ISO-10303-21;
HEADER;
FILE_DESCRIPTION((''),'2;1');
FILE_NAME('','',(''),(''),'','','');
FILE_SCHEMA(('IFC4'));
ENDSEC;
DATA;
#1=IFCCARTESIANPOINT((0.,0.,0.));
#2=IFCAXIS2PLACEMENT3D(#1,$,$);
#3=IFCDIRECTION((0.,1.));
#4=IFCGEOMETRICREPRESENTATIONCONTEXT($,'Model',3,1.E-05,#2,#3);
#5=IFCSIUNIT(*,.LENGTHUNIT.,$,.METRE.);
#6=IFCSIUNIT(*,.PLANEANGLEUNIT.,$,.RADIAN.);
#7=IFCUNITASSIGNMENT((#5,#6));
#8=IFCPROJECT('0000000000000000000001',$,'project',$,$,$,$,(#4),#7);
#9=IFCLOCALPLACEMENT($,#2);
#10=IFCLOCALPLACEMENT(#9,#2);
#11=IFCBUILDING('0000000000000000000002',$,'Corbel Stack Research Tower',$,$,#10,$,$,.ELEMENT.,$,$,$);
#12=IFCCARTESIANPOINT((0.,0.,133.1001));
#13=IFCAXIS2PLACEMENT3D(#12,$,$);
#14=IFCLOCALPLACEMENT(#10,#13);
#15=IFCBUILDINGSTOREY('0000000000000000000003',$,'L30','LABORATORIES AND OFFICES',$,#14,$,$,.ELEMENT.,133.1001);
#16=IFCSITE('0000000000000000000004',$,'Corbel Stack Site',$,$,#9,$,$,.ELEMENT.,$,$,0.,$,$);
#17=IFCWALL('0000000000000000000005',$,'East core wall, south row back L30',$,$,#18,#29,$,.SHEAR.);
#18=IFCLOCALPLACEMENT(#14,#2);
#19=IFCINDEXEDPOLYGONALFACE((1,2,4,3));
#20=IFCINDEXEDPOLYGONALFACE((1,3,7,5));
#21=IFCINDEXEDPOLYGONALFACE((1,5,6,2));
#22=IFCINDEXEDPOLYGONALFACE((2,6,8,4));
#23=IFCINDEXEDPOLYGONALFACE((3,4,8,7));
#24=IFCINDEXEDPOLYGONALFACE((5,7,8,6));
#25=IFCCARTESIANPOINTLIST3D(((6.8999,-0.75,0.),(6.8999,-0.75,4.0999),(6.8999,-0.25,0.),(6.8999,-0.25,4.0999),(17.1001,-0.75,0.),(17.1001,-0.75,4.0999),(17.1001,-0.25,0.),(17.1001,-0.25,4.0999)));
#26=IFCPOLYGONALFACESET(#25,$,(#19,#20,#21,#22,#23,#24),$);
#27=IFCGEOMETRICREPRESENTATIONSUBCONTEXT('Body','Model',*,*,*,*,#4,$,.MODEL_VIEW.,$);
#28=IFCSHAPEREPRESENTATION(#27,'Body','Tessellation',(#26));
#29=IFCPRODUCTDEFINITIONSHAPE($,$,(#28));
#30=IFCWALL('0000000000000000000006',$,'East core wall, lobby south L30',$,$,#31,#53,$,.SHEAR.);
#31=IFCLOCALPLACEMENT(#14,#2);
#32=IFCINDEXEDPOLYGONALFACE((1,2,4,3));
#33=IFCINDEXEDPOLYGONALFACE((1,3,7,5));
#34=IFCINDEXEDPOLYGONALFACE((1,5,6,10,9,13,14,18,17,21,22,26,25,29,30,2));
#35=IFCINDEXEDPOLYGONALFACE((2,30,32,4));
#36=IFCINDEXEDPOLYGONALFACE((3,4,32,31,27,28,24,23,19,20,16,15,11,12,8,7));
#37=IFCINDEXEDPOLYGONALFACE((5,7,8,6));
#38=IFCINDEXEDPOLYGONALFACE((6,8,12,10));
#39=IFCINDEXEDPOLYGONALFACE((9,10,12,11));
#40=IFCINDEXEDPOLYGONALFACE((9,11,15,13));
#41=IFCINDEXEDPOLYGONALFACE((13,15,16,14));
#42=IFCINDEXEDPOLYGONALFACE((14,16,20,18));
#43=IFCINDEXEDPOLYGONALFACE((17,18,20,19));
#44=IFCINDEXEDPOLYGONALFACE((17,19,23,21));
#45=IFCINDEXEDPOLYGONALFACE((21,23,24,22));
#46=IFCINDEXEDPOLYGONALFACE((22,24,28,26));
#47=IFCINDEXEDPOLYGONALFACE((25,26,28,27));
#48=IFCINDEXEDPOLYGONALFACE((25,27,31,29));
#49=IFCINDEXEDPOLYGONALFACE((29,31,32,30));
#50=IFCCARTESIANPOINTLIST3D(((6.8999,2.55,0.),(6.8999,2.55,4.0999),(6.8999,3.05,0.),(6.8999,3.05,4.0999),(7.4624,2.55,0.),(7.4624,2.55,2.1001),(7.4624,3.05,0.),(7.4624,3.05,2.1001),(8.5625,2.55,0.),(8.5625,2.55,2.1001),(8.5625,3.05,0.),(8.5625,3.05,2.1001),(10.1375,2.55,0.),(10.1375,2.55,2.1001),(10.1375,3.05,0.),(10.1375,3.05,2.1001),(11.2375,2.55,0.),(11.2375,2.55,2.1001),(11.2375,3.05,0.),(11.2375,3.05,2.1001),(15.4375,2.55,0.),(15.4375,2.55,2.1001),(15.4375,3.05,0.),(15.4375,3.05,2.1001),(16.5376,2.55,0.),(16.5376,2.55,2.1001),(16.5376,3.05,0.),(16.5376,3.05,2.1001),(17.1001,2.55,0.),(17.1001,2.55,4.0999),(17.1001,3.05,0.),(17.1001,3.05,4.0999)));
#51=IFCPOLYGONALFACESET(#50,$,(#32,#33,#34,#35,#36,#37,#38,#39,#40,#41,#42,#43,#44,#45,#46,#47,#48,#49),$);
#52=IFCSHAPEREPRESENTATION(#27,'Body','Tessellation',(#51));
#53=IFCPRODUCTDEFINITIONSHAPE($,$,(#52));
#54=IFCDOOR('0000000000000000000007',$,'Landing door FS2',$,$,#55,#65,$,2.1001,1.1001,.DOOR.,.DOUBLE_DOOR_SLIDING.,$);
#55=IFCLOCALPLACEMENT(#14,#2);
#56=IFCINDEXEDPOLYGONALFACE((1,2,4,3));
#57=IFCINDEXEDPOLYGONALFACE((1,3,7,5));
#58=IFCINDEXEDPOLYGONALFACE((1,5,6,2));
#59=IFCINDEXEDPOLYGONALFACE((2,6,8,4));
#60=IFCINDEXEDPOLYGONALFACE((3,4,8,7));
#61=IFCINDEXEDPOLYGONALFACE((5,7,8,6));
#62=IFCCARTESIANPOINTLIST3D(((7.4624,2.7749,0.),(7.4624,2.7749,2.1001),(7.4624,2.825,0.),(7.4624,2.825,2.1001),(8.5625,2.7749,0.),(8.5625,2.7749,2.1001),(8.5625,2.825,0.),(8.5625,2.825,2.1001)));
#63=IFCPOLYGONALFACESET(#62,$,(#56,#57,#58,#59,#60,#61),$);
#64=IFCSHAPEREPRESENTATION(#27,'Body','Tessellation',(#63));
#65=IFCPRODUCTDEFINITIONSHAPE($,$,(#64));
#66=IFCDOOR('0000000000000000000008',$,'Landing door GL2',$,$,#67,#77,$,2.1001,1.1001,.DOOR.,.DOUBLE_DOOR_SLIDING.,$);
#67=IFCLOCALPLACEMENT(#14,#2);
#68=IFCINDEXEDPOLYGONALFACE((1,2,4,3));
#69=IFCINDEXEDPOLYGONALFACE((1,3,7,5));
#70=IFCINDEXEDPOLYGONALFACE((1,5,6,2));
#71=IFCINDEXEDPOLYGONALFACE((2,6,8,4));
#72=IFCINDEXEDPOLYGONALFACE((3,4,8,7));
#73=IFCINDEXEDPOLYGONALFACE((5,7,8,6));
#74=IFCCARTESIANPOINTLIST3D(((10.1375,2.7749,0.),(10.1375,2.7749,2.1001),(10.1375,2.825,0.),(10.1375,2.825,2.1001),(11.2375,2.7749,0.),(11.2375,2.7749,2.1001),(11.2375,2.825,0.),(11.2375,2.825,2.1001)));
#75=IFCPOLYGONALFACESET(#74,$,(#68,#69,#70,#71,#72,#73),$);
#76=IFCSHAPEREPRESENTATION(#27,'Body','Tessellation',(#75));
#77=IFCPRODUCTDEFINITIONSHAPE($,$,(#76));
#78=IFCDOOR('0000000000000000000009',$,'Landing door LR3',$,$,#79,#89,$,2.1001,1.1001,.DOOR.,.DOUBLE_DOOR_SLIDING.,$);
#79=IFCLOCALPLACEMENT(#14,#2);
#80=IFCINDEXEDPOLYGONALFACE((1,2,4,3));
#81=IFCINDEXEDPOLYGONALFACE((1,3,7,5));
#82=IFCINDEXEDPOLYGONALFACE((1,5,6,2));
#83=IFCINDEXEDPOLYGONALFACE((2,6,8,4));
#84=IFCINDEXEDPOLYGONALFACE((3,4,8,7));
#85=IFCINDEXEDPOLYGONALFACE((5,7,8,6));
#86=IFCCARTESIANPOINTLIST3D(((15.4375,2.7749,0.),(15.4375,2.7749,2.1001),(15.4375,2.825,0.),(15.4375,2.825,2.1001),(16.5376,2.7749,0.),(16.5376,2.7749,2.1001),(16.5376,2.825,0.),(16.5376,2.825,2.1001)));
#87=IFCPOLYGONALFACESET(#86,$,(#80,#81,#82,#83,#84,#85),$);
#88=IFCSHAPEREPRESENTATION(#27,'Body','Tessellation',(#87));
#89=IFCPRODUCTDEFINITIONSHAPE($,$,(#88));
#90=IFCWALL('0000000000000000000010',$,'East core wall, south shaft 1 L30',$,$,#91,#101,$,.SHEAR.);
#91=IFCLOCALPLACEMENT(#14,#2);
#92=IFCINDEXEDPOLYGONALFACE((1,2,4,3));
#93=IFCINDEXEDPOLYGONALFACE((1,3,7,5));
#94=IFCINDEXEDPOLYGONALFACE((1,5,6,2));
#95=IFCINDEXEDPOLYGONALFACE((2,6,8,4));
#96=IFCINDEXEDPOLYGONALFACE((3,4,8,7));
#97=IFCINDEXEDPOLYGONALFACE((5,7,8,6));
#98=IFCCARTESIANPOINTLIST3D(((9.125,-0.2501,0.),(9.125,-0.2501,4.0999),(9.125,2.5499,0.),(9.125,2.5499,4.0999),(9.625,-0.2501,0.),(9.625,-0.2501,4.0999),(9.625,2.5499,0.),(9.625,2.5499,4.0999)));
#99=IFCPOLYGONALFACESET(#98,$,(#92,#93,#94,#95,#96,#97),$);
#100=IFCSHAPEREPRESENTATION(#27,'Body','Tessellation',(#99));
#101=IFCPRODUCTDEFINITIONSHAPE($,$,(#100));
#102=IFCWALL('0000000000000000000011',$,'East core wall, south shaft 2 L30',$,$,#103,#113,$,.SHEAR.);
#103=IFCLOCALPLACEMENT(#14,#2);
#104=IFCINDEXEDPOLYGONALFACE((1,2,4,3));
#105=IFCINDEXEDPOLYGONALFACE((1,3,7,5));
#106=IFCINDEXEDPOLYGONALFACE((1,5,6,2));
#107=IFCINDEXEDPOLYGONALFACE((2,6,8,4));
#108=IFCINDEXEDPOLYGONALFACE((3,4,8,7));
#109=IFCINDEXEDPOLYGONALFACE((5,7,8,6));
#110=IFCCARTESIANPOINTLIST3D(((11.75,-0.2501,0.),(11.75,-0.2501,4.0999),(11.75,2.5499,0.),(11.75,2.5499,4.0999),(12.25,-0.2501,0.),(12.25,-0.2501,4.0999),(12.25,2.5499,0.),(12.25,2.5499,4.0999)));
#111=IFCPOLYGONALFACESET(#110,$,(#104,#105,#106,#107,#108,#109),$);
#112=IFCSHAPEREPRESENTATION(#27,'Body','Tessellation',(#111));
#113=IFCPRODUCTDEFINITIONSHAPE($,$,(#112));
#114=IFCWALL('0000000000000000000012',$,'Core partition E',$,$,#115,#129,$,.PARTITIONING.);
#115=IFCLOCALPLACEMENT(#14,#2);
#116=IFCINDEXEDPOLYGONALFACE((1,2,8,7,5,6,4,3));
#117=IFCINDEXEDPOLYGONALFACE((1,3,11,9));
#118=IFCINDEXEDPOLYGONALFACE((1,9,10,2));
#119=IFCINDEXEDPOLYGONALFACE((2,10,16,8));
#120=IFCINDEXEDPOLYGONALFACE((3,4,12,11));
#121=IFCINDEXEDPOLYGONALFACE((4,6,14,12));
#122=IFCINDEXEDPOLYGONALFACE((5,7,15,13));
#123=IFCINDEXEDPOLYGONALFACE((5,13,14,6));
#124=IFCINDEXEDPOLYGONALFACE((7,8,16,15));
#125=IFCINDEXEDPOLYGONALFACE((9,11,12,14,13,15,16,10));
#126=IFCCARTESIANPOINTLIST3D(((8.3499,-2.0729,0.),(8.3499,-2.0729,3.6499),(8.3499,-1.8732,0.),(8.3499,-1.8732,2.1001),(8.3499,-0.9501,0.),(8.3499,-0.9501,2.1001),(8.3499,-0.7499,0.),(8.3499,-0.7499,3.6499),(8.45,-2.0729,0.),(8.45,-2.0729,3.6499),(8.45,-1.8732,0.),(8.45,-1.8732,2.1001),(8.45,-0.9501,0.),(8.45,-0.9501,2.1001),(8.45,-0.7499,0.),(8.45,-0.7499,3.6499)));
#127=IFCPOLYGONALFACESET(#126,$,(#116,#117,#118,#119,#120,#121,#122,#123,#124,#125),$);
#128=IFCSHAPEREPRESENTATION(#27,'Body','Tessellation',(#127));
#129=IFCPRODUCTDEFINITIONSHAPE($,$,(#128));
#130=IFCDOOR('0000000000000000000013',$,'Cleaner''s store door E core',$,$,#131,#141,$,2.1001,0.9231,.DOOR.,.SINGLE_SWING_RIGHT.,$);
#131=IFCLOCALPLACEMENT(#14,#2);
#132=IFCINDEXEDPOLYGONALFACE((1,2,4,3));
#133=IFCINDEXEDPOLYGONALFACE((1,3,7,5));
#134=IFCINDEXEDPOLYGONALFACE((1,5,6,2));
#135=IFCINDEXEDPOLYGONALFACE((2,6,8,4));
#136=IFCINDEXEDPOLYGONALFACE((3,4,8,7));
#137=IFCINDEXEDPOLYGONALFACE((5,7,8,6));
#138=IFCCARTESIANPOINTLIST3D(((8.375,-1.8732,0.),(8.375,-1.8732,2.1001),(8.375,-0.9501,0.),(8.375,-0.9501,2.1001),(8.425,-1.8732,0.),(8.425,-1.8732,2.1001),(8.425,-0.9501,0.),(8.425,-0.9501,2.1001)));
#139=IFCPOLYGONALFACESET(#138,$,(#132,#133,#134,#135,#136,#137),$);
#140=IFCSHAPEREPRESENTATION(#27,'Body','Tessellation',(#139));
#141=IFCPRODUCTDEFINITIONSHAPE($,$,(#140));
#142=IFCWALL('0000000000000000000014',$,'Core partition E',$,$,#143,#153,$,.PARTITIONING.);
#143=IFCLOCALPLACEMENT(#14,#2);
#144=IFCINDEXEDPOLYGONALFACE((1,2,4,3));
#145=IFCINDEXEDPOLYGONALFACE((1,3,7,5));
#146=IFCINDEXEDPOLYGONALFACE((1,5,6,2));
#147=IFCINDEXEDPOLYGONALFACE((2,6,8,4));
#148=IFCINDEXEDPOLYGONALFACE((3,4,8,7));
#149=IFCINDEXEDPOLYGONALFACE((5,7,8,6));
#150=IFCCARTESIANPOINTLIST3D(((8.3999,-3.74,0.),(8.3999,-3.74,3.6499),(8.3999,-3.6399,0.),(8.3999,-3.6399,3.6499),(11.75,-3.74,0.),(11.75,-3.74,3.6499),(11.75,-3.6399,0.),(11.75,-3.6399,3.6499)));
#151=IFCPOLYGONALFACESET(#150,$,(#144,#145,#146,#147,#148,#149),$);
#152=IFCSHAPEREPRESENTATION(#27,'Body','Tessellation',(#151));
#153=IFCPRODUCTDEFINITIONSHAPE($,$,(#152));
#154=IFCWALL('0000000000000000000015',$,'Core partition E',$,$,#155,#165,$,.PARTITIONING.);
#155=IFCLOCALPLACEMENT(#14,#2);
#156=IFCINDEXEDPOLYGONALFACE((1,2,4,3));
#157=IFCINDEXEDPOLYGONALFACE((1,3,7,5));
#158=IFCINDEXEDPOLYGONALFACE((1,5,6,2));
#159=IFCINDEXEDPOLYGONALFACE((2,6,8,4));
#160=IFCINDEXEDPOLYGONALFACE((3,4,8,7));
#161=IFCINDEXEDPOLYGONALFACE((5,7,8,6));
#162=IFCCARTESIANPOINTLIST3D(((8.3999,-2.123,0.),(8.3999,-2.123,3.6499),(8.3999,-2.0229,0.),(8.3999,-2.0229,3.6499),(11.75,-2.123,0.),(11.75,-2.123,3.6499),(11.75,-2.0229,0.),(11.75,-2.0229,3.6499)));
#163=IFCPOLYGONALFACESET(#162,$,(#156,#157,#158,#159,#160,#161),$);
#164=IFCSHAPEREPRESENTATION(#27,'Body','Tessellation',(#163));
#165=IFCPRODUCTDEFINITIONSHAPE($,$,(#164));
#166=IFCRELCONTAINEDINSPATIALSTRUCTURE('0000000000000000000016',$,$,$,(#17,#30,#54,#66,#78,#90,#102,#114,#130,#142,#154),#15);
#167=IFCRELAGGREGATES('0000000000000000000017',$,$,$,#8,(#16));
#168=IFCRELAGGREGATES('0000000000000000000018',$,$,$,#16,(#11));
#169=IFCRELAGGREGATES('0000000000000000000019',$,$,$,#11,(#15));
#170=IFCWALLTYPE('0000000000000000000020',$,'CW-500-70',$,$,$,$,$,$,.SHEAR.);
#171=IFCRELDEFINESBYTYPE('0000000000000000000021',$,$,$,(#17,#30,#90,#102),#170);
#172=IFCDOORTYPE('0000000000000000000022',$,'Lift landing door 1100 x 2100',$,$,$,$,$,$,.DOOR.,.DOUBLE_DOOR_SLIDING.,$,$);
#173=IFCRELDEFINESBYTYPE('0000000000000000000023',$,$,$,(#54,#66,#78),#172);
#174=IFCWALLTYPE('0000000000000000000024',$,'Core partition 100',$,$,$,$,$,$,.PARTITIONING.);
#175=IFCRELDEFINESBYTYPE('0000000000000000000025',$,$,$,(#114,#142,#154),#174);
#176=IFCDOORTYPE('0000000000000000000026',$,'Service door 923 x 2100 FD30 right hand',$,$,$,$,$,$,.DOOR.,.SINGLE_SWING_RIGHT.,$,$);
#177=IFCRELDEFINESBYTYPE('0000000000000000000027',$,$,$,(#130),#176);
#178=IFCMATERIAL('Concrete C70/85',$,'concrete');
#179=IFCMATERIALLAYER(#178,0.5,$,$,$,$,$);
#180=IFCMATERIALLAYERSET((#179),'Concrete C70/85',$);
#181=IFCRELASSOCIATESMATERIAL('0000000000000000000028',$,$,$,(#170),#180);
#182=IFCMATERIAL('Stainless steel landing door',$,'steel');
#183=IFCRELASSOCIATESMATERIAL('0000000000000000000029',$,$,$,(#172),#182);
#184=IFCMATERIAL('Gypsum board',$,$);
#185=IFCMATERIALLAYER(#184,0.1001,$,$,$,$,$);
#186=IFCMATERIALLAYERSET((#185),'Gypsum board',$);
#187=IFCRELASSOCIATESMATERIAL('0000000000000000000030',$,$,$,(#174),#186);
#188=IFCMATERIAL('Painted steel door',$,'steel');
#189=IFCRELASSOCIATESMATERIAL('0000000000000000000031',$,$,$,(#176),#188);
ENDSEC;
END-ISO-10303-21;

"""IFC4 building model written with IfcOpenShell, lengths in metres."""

from ifc_helpers import new_model, si_unit, direction, frame, frame_2d, origin, place, context, subcontext, project, spatial, rectangle, extrude, material, layer, layer_set, type_object, element, fill, save


model = new_model("IFC4")

# Units and contexts
model_context = context("Model", 3, precision=1e-05, world=origin(), true_north=direction((0.0, 1.0)))
body_context = subcontext(model_context, "Body", "Model", "MODEL_VIEW")
ifc_project = project(units=[si_unit("LENGTHUNIT", "METRE"), si_unit("PLANEANGLEUNIT", "RADIAN")], contexts=[model_context])

# Site, building, storey
site_placement = place(None, origin())
site = spatial("IfcSite", under=ifc_project, at=site_placement, Name="Corbel Stack Site", CompositionType="ELEMENT", RefElevation=0.0)
building_placement = place(site_placement, origin())
building = spatial("IfcBuilding", under=site, at=building_placement, Name="Corbel Stack Research Tower", CompositionType="ELEMENT")
storey_placement = place(building_placement, frame((0.0, 0.0, 133.1001)))
storey = spatial("IfcBuildingStorey", under=building, at=storey_placement, Name="L30", Description="LABORATORIES AND OFFICES", CompositionType="ELEMENT", Elevation=133.1001)

# Wall
ifc_material_1 = material(Name="Concrete C70/85", Category="concrete")
ifc_layer_1 = layer(ifc_material_1, 0.5)
ifc_layer_set_1 = layer_set([ifc_layer_1], Name="Concrete C70/85")
wall_type_1 = type_object("IfcWallType", Name="CW-500-70", PredefinedType="SHEAR", material=ifc_layer_set_1)
wall_1_placement = place(storey_placement, frame((6.8999, -0.5, 0.0), z_axis=(0.0, 0.0, 1.0), x_axis=(1.0, 0.0, 0.0)))
element("IfcWall", 1, at=wall_1_placement, inside=storey, type_object=wall_type_1, Name="East core wall, south row back L30", PredefinedType="SHEAR", context=body_context, shape_type="SweptSolid", body=[
    extrude(rectangle(XDim=10.2002, YDim=0.5, at=frame_2d((5.1001, 0.0))), origin(), (0.0, 0.0, 1.0), 4.0999),
])

# Wall, openings, doors
wall_2_placement = place(storey_placement, frame((6.8999, 2.8, 0.0), z_axis=(0.0, 0.0, 1.0), x_axis=(1.0, 0.0, 0.0)))
wall_2 = element("IfcWall", 2, at=wall_2_placement, inside=storey, type_object=wall_type_1, Name="East core wall, lobby south L30", PredefinedType="SHEAR", context=body_context, shape_type="SweptSolid", body=[
    extrude(rectangle(XDim=10.2002, YDim=0.5, at=frame_2d((5.1001, 0.0))), origin(), (0.0, 0.0, 1.0), 4.0999),
])
opening_1_placement = place(wall_2_placement, frame((0.5625, 0.0, 0.0)))
opening_1 = element("IfcOpeningElement", 3, at=opening_1_placement, cuts=wall_2, PredefinedType="OPENING", context=body_context, shape_type="SweptSolid", body=[
    extrude(rectangle(XDim=1.1001, YDim=2.1001, at=frame_2d((0.55, 1.05))), frame((0.0, 0.26, 0.0), z_axis=(0.0, -1.0, 0.0), x_axis=(1.0, 0.0, 0.0)), (0.0, 0.0, 1.0), 0.52),
])
opening_2_placement = place(wall_2_placement, frame((3.2375, 0.0, 0.0)))
opening_2 = element("IfcOpeningElement", 4, at=opening_2_placement, cuts=wall_2, PredefinedType="OPENING", context=body_context, shape_type="SweptSolid", body=[
    extrude(rectangle(XDim=1.1001, YDim=2.1001, at=frame_2d((0.55, 1.05))), frame((0.0, 0.26, 0.0), z_axis=(0.0, -1.0, 0.0), x_axis=(1.0, 0.0, 0.0)), (0.0, 0.0, 1.0), 0.52),
])
opening_3_placement = place(wall_2_placement, frame((8.5376, 0.0, 0.0)))
opening_3 = element("IfcOpeningElement", 5, at=opening_3_placement, cuts=wall_2, PredefinedType="OPENING", context=body_context, shape_type="SweptSolid", body=[
    extrude(rectangle(XDim=1.1001, YDim=2.1001, at=frame_2d((0.55, 1.05))), frame((0.0, 0.26, 0.0), z_axis=(0.0, -1.0, 0.0), x_axis=(1.0, 0.0, 0.0)), (0.0, 0.0, 1.0), 0.52),
])
ifc_material_2 = material(Name="Stainless steel landing door", Category="steel")
door_type_1 = type_object("IfcDoorType", Name="Lift landing door 1100 x 2100", OperationType="DOUBLE_DOOR_SLIDING", PredefinedType="DOOR", material=ifc_material_2)
door_1_placement = place(opening_1_placement, origin())
door_1 = element("IfcDoor", 6, at=door_1_placement, inside=storey, type_object=door_type_1, Name="Landing door FS2", OperationType="DOUBLE_DOOR_SLIDING", OverallHeight=2.1001, OverallWidth=1.1001, PredefinedType="DOOR", context=body_context, shape_type="SweptSolid", body=[
    extrude(rectangle(XDim=1.1001, YDim=2.1001, at=frame_2d((0.55, 1.05))), frame((0.0, 0.0249, 0.0), z_axis=(0.0, -1.0, 0.0), x_axis=(1.0, 0.0, 0.0)), (0.0, 0.0, 1.0), 0.05),
])
fill(opening_1, door_1)
door_2_placement = place(opening_2_placement, origin())
door_2 = element("IfcDoor", 7, at=door_2_placement, inside=storey, type_object=door_type_1, Name="Landing door GL2", OperationType="DOUBLE_DOOR_SLIDING", OverallHeight=2.1001, OverallWidth=1.1001, PredefinedType="DOOR", context=body_context, shape_type="SweptSolid", body=[
    extrude(rectangle(XDim=1.1001, YDim=2.1001, at=frame_2d((0.55, 1.05))), frame((0.0, 0.0249, 0.0), z_axis=(0.0, -1.0, 0.0), x_axis=(1.0, 0.0, 0.0)), (0.0, 0.0, 1.0), 0.05),
])
fill(opening_2, door_2)
door_3_placement = place(opening_3_placement, origin())
door_3 = element("IfcDoor", 8, at=door_3_placement, inside=storey, type_object=door_type_1, Name="Landing door LR3", OperationType="DOUBLE_DOOR_SLIDING", OverallHeight=2.1001, OverallWidth=1.1001, PredefinedType="DOOR", context=body_context, shape_type="SweptSolid", body=[
    extrude(rectangle(XDim=1.1001, YDim=2.1001, at=frame_2d((0.55, 1.05))), frame((0.0, 0.0249, 0.0), z_axis=(0.0, -1.0, 0.0), x_axis=(1.0, 0.0, 0.0)), (0.0, 0.0, 1.0), 0.05),
])
fill(opening_3, door_3)

# Walls
for number, where, z_axis, x_axis, name in (
    (9, (9.375, -0.25, 0.0), (0.0, 0.0, 1.0), (0.0, 1.0, 0.0), "East core wall, south shaft 1 L30"),
    (10, (12.0, -0.25, 0.0), (0.0, 0.0, 1.0), (0.0, 1.0, 0.0), "East core wall, south shaft 2 L30"),
):
    element("IfcWall", number, at=place(storey_placement, frame(where, z_axis=z_axis, x_axis=x_axis)), inside=storey, type_object=wall_type_1, Name=name, PredefinedType="SHEAR", context=body_context, shape_type="SweptSolid", body=[
        extrude(rectangle(XDim=2.8, YDim=0.5, at=frame_2d((1.3999, 0.0))), origin(), (0.0, 0.0, 1.0), 4.0999),
    ])

# Wall, opening, door
ifc_material_3 = material(Name="Gypsum board")
ifc_layer_2 = layer(ifc_material_3, 0.1001)
ifc_layer_set_2 = layer_set([ifc_layer_2], Name="Gypsum board")
wall_type_2 = type_object("IfcWallType", Name="Core partition 100", PredefinedType="PARTITIONING", material=ifc_layer_set_2)
wall_3_placement = place(storey_placement, frame((8.3999, -2.073, 0.0), z_axis=(0.0, 0.0, 1.0), x_axis=(0.0, 1.0, 0.0)))
wall_3 = element("IfcWall", 11, at=wall_3_placement, inside=storey, type_object=wall_type_2, Name="Core partition E", PredefinedType="PARTITIONING", context=body_context, shape_type="SweptSolid", body=[
    extrude(rectangle(XDim=1.323, YDim=0.1001, at=frame_2d((0.6616, 0.0))), origin(), (0.0, 0.0, 1.0), 3.6499),
])
opening_4_placement = place(wall_3_placement, frame((0.2, 0.0, 0.0)))
opening_4 = element("IfcOpeningElement", 12, at=opening_4_placement, cuts=wall_3, PredefinedType="OPENING", context=body_context, shape_type="SweptSolid", body=[
    extrude(rectangle(XDim=0.9231, YDim=2.1001, at=frame_2d((0.4614, 1.05))), frame((0.0, 0.0601, 0.0), z_axis=(0.0, -1.0, 0.0), x_axis=(1.0, 0.0, 0.0)), (0.0, 0.0, 1.0), 0.1201),
])
ifc_material_4 = material(Name="Painted steel door", Category="steel")
door_type_2 = type_object("IfcDoorType", Name="Service door 923 x 2100 FD30 right hand", OperationType="SINGLE_SWING_RIGHT", PredefinedType="DOOR", material=ifc_material_4)
door_4_placement = place(opening_4_placement, origin())
door_4 = element("IfcDoor", 13, at=door_4_placement, inside=storey, type_object=door_type_2, Name="Cleaner's store door E core", OperationType="SINGLE_SWING_RIGHT", OverallHeight=2.1001, OverallWidth=0.9231, PredefinedType="DOOR", context=body_context, shape_type="SweptSolid", body=[
    extrude(rectangle(XDim=0.9231, YDim=2.1001, at=frame_2d((0.4614, 1.05))), frame((0.0, 0.0249, 0.0), z_axis=(0.0, -1.0, 0.0), x_axis=(1.0, 0.0, 0.0)), (0.0, 0.0, 1.0), 0.05),
])
fill(opening_4, door_4)

# Walls
for number, where, z_axis, x_axis, name in (
    (14, (8.3999, -3.6899, 0.0), (0.0, 0.0, 1.0), (1.0, 0.0, 0.0), "Core partition E"),
    (15, (8.3999, -2.073, 0.0), (0.0, 0.0, 1.0), (1.0, 0.0, 0.0), "Core partition E"),
):
    element("IfcWall", number, at=place(storey_placement, frame(where, z_axis=z_axis, x_axis=x_axis)), inside=storey, type_object=wall_type_2, Name=name, PredefinedType="PARTITIONING", context=body_context, shape_type="SweptSolid", body=[
        extrude(rectangle(XDim=3.3501, YDim=0.1001, at=frame_2d((1.675, 0.0))), origin(), (0.0, 0.0, 1.0), 3.6499),
    ])

save(model, "model.ifc")
